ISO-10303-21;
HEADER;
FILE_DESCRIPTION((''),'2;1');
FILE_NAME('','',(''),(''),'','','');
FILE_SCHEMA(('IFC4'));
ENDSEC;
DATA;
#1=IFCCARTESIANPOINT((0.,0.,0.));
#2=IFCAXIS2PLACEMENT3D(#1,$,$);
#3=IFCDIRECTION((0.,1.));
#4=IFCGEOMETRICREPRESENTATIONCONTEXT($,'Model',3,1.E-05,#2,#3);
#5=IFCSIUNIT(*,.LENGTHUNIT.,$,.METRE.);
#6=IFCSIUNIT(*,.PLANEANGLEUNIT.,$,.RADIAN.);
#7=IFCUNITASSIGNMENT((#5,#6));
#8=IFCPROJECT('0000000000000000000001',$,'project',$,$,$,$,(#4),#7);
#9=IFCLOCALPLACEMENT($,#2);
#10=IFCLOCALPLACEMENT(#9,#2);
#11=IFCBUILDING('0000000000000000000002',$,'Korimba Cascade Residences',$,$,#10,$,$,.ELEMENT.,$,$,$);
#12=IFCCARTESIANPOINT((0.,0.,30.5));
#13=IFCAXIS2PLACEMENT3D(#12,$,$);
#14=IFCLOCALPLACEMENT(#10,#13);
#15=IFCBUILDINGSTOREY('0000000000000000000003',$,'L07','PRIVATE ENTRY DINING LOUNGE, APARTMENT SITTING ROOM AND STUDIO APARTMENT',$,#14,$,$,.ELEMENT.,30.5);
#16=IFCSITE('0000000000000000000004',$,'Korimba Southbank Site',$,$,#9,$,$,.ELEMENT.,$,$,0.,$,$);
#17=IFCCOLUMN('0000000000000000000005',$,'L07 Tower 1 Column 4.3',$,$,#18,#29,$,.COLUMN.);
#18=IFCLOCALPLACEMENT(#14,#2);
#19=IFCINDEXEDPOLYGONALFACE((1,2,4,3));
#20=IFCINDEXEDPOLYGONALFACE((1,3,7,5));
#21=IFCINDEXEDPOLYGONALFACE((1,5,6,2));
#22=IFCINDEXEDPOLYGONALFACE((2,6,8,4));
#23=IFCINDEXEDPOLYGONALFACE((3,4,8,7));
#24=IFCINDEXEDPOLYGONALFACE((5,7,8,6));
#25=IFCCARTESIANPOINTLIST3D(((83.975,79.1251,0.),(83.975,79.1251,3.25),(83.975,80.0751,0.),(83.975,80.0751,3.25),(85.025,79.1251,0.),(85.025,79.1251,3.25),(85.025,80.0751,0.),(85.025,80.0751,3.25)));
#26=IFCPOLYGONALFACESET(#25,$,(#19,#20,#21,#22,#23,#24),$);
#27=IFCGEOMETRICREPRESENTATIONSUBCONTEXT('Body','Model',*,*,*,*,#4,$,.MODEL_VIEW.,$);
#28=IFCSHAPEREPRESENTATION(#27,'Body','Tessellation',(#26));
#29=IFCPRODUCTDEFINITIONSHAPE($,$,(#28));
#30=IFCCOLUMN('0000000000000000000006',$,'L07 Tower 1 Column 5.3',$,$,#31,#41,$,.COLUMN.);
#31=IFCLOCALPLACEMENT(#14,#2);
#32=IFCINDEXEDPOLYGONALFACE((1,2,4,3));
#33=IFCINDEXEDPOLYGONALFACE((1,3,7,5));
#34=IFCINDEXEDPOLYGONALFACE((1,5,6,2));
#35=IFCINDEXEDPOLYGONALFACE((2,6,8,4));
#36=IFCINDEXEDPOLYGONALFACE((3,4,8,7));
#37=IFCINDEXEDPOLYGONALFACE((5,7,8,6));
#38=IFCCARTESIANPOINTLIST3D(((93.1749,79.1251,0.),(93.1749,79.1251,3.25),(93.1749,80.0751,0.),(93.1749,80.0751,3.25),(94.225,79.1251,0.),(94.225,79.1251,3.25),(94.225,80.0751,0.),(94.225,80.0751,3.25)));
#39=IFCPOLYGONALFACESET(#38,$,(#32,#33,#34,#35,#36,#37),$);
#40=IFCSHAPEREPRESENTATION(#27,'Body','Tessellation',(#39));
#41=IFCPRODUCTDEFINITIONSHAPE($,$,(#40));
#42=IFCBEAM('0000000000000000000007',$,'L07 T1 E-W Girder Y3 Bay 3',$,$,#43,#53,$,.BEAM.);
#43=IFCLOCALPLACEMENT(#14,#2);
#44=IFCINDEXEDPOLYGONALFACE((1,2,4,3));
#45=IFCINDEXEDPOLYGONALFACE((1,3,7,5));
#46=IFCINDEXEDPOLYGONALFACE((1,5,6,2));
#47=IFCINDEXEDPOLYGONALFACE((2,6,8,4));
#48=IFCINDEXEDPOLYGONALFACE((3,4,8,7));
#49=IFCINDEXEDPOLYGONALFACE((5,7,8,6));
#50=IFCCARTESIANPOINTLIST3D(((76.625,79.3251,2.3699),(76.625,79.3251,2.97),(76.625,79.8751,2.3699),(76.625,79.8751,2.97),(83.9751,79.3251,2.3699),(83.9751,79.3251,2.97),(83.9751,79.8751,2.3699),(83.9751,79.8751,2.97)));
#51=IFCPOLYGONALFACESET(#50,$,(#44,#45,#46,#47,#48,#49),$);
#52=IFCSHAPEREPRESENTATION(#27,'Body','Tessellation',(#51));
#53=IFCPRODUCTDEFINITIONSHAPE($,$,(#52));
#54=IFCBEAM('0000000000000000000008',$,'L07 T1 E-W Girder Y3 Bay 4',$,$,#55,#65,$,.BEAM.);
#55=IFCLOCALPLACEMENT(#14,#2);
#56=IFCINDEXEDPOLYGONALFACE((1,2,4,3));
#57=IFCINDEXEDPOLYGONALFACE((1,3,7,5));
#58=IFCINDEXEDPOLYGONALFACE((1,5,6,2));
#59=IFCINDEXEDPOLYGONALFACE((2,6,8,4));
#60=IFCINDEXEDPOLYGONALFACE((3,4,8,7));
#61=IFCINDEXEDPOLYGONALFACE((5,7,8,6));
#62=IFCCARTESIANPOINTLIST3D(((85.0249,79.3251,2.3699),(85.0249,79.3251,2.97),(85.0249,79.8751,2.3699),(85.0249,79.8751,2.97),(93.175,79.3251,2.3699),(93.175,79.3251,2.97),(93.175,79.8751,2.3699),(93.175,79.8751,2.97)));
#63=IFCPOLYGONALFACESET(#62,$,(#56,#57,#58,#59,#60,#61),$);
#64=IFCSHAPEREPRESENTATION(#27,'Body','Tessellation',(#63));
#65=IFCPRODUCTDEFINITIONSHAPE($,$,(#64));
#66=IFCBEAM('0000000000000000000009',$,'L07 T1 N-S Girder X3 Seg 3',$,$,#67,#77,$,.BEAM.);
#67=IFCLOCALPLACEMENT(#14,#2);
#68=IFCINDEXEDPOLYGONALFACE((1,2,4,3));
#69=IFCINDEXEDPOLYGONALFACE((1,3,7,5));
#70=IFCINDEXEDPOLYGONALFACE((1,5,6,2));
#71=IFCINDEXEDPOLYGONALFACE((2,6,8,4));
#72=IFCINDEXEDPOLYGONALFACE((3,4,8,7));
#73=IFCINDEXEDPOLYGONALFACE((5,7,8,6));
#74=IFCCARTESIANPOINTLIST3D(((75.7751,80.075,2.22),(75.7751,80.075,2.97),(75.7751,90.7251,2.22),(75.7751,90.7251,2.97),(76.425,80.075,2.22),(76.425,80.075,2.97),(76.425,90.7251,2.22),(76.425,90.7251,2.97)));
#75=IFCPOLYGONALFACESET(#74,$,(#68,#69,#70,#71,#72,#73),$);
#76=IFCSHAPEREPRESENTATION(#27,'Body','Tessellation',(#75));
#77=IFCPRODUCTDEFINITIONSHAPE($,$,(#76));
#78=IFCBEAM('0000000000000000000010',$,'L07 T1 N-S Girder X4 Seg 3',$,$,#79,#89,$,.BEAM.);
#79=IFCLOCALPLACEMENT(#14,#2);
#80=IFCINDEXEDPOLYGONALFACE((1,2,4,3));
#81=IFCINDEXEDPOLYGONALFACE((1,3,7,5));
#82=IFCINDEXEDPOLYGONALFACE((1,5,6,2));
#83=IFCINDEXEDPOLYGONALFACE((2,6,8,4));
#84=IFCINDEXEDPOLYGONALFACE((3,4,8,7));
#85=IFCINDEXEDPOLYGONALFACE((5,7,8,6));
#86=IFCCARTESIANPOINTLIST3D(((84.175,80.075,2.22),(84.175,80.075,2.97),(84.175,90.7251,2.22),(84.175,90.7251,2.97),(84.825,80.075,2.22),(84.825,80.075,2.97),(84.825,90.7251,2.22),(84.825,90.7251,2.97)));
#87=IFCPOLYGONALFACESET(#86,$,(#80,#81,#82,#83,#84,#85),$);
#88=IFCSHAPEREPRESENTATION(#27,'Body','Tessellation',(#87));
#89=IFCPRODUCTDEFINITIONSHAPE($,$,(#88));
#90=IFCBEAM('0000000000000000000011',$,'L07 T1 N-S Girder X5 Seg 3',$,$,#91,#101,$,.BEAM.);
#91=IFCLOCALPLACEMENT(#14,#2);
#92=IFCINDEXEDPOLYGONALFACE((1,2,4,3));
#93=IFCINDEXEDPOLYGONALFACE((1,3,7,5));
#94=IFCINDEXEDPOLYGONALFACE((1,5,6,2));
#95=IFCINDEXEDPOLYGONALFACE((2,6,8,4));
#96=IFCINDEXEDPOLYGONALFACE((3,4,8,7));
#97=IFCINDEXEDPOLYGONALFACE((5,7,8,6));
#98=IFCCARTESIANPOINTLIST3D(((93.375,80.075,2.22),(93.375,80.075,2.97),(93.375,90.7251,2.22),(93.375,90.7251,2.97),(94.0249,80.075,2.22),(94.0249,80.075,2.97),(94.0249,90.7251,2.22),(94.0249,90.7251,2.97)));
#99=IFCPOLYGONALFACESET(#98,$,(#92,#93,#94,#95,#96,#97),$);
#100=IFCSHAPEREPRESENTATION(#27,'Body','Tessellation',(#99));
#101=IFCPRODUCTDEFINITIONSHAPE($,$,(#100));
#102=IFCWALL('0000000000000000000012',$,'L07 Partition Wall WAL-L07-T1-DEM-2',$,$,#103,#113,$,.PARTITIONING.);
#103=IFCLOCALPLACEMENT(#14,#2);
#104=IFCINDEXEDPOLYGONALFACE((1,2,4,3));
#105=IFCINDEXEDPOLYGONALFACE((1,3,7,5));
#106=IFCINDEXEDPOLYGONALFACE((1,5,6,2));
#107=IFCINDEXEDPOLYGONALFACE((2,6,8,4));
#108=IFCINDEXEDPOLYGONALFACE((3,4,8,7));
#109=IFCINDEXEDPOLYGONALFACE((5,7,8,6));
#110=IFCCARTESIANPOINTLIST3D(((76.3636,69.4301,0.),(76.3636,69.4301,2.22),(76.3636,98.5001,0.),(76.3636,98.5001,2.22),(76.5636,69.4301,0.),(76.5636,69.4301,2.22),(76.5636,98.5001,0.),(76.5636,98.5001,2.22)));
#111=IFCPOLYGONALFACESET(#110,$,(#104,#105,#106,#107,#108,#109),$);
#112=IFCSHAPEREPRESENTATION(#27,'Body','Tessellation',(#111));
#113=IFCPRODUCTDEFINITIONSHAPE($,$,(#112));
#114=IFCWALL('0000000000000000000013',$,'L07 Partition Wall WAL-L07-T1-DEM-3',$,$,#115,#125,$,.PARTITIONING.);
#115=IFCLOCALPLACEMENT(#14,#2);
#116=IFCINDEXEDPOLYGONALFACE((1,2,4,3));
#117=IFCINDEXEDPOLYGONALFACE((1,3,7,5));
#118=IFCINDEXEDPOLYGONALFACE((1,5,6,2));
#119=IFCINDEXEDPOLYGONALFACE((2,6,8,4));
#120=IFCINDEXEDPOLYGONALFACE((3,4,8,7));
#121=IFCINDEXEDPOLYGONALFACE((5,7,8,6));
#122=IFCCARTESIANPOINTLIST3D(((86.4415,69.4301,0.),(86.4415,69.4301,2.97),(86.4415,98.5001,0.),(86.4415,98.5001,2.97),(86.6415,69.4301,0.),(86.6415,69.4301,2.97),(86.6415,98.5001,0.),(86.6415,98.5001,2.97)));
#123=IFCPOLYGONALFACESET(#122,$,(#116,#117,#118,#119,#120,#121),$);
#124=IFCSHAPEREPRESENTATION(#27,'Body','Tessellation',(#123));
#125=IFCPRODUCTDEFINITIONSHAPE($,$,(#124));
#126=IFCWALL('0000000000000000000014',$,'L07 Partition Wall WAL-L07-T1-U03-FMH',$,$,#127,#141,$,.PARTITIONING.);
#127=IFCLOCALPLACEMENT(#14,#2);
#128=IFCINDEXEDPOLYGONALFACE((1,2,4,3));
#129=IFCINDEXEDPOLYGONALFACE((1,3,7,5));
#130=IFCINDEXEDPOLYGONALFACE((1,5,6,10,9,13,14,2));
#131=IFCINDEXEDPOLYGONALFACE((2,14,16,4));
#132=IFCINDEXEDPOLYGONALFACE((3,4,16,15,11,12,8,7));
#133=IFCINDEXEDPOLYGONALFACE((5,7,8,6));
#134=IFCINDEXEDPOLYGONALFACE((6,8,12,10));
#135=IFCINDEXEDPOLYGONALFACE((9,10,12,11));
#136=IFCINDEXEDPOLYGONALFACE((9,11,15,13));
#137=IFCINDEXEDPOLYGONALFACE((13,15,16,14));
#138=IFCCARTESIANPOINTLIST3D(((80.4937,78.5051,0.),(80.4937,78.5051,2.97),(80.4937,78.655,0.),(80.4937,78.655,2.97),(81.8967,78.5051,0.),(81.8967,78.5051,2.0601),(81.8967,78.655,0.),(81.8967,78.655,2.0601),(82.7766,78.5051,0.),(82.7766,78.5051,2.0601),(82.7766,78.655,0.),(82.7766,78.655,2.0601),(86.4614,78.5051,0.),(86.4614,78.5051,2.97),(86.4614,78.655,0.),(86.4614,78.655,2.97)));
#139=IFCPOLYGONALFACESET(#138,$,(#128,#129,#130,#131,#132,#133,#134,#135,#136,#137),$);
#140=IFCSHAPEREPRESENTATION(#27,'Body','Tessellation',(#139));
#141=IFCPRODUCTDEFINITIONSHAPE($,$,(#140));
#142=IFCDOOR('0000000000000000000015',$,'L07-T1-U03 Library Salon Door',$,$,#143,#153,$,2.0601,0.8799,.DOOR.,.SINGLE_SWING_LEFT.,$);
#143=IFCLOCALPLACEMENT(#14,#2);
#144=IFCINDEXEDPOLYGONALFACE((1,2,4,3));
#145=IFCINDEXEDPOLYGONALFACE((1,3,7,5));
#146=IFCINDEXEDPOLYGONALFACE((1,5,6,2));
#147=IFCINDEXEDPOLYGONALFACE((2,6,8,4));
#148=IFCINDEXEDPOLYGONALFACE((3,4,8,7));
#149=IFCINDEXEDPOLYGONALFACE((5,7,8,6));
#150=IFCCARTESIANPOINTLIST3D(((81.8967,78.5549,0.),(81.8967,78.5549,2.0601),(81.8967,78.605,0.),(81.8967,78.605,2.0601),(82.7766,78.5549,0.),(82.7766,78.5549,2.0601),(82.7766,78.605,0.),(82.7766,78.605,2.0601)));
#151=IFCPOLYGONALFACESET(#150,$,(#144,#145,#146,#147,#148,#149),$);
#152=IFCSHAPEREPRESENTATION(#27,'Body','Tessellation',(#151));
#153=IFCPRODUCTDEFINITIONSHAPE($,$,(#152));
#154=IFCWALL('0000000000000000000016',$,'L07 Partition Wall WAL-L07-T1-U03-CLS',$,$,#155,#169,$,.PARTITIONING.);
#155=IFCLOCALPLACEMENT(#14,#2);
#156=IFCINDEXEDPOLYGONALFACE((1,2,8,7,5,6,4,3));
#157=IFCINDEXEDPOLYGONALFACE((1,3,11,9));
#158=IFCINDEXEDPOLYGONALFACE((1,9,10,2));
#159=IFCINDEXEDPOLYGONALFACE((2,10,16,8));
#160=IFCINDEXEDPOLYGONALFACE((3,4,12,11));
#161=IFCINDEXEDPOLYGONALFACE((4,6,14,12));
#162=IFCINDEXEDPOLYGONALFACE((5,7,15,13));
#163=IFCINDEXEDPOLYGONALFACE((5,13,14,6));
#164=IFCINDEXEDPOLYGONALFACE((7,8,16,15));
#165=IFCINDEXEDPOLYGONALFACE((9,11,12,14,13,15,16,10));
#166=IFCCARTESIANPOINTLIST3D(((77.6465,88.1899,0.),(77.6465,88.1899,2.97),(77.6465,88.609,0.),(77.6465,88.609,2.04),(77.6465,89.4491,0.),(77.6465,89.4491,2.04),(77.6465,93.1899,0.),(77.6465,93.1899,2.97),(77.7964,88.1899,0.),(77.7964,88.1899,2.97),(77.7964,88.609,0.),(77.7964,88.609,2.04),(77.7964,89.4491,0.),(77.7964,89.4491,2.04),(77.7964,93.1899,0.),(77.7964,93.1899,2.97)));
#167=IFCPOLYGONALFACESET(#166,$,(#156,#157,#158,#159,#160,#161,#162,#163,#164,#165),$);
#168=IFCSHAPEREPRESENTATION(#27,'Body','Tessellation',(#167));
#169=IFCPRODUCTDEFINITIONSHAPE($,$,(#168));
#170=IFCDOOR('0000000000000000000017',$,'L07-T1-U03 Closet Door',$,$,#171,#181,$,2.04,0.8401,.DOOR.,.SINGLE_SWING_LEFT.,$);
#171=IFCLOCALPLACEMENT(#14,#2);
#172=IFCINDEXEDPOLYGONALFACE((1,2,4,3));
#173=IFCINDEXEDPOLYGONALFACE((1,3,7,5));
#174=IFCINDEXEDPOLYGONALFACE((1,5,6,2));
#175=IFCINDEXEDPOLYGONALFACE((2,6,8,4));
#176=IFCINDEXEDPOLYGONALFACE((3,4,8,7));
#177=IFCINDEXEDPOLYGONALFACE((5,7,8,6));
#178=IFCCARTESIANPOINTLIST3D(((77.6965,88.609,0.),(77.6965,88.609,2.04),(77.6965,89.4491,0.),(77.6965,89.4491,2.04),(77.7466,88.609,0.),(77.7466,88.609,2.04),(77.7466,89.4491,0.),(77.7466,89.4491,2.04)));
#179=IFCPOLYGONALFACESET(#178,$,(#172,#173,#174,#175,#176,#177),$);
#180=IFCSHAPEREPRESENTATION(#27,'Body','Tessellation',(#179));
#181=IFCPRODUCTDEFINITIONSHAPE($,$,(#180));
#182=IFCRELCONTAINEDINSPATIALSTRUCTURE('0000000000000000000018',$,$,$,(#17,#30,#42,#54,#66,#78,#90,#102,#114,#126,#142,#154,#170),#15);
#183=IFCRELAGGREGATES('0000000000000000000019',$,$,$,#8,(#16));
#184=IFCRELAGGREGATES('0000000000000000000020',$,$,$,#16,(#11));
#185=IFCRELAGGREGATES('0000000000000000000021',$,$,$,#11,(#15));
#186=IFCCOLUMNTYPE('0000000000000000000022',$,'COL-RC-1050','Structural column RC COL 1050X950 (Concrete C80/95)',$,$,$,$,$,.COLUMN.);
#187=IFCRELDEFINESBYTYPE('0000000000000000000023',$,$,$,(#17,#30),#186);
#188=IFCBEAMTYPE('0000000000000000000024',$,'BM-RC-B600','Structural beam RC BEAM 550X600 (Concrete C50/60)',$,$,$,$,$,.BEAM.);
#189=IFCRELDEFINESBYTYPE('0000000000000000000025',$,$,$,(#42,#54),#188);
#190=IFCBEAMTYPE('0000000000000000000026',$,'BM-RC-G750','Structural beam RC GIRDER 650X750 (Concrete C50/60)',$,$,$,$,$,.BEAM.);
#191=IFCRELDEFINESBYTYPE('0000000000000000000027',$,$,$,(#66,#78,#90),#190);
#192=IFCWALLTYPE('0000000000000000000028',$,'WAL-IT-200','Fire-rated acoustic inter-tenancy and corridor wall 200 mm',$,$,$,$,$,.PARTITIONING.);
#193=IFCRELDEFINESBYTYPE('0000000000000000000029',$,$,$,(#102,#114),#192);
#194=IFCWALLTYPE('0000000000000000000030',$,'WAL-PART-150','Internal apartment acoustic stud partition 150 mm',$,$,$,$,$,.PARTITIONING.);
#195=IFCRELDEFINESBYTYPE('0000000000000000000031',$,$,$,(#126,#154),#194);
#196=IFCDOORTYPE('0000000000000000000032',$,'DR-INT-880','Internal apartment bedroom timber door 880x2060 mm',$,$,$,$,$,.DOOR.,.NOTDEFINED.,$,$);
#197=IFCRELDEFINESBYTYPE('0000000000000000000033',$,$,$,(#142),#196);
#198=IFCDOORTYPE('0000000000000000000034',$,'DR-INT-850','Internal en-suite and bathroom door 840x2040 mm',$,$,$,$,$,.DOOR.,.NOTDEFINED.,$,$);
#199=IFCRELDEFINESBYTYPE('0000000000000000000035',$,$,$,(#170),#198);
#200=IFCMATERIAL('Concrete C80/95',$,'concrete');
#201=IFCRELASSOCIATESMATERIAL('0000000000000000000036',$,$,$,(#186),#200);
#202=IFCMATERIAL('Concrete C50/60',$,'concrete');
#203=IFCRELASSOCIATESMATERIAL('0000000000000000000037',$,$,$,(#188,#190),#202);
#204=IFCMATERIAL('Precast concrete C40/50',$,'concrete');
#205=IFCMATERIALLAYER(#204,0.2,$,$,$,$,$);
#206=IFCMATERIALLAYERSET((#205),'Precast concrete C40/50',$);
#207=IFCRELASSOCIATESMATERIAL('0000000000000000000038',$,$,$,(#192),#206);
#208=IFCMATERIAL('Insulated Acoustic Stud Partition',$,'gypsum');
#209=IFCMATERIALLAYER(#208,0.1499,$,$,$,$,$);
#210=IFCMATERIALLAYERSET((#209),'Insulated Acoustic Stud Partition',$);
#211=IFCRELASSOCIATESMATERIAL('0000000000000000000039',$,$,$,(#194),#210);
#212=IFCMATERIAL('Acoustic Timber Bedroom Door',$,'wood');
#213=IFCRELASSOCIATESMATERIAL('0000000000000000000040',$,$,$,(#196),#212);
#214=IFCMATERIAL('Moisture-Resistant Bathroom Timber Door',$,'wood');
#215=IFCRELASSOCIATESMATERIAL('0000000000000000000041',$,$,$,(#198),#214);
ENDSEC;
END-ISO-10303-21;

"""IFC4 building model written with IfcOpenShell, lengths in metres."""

from ifc_helpers import new_model, si_unit, direction, frame, frame_2d, origin, origin_2d, place, context, subcontext, project, spatial, rectangle, extrude, material, layer, layer_set, material_profile, profile_set, type_object, element, fill, save


model = new_model("IFC4")

# Units and contexts
model_context = context("Model", 3, precision=1e-05, world=origin(), true_north=direction((0.0, 1.0)))
body_context = subcontext(model_context, "Body", "Model", "MODEL_VIEW")
ifc_project = project(units=[si_unit("LENGTHUNIT", "METRE"), si_unit("PLANEANGLEUNIT", "RADIAN")], contexts=[model_context])

# Site, building, storey
site_placement = place(None, origin())
site = spatial("IfcSite", under=ifc_project, at=site_placement, Name="Korimba Southbank Site", CompositionType="ELEMENT", RefElevation=0.0)
building_placement = place(site_placement, origin())
building = spatial("IfcBuilding", under=site, at=building_placement, Name="Korimba Cascade Residences", CompositionType="ELEMENT")
storey_placement = place(building_placement, frame((0.0, 0.0, 30.5)))
storey = spatial("IfcBuildingStorey", under=building, at=storey_placement, Name="L07", Description="PRIVATE ENTRY DINING LOUNGE, APARTMENT SITTING ROOM AND STUDIO APARTMENT", CompositionType="ELEMENT", Elevation=30.5)

# Columns
ifc_material_1 = material(Name="Concrete C80/95", Category="concrete")
ifc_material_profile_1 = material_profile(ifc_material_1, rectangle(XDim=1.05, YDim=0.95, at=origin_2d()), Name="Concrete C80/95")
ifc_profile_set_1 = profile_set([ifc_material_profile_1], Name="Concrete C80/95")
column_type = type_object("IfcColumnType", Name="COL-RC-1050", Description="Structural column RC COL 1050X950 (Concrete C80/95)", PredefinedType="COLUMN", material=ifc_profile_set_1)
for number, where, z_axis, x_axis, name in (
    (1, (84.5, 79.6001, 0.0), (0.0, 0.0, 1.0), (1.0, 0.0, 0.0), "L07 Tower 1 Column 4.3"),
    (2, (93.7, 79.6001, 0.0), (0.0, 0.0, 1.0), (1.0, 0.0, 0.0), "L07 Tower 1 Column 5.3"),
):
    element("IfcColumn", number, at=place(storey_placement, frame(where, z_axis=z_axis, x_axis=x_axis)), inside=storey, type_object=column_type, Name=name, PredefinedType="COLUMN", context=body_context, shape_type="SweptSolid", body=[
        extrude(rectangle(XDim=1.05, YDim=0.95, at=origin_2d()), origin(), (0.0, 0.0, 1.0), 3.25),
    ])

# Beams
ifc_material_2 = material(Name="Concrete C50/60", Category="concrete")
ifc_material_profile_2 = material_profile(ifc_material_2, rectangle(XDim=0.55, YDim=0.6001, at=origin_2d()), Name="Concrete C50/60")
ifc_profile_set_2 = profile_set([ifc_material_profile_2], Name="Concrete C50/60")
beam_type_1 = type_object("IfcBeamType", Name="BM-RC-B600", Description="Structural beam RC BEAM 550X600 (Concrete C50/60)", PredefinedType="BEAM", material=ifc_profile_set_2)
beam_1_placement = place(storey_placement, frame((76.625, 79.6001, 2.6699), z_axis=(1.0, 0.0, 0.0), x_axis=(0.0, 1.0, 0.0)))
element("IfcBeam", 3, at=beam_1_placement, inside=storey, type_object=beam_type_1, Name="L07 T1 E-W Girder Y3 Bay 3", PredefinedType="BEAM", context=body_context, shape_type="SweptSolid", body=[
    extrude(rectangle(XDim=0.55, YDim=0.6001, at=origin_2d()), origin(), (0.0, 0.0, 1.0), 7.3501),
])
beam_2_placement = place(storey_placement, frame((85.0249, 79.6001, 2.6699), z_axis=(1.0, 0.0, 0.0), x_axis=(0.0, 1.0, 0.0)))
element("IfcBeam", 4, at=beam_2_placement, inside=storey, type_object=beam_type_1, Name="L07 T1 E-W Girder Y3 Bay 4", PredefinedType="BEAM", context=body_context, shape_type="SweptSolid", body=[
    extrude(rectangle(XDim=0.55, YDim=0.6001, at=origin_2d()), origin(), (0.0, 0.0, 1.0), 8.1501),
])
ifc_material_profile_3 = material_profile(ifc_material_2, rectangle(XDim=0.6499, YDim=0.75, at=origin_2d()), Name="Concrete C50/60")
ifc_profile_set_3 = profile_set([ifc_material_profile_3], Name="Concrete C50/60")
beam_type_2 = type_object("IfcBeamType", Name="BM-RC-G750", Description="Structural beam RC GIRDER 650X750 (Concrete C50/60)", PredefinedType="BEAM", material=ifc_profile_set_3)
for number, where, z_axis, x_axis, name in (
    (5, (76.1001, 80.075, 2.595), (0.0, 1.0, 0.0), (-1.0, 0.0, 0.0), "L07 T1 N-S Girder X3 Seg 3"),
    (6, (84.5, 80.075, 2.595), (0.0, 1.0, 0.0), (-1.0, 0.0, 0.0), "L07 T1 N-S Girder X4 Seg 3"),
    (7, (93.7, 80.075, 2.595), (0.0, 1.0, 0.0), (-1.0, 0.0, 0.0), "L07 T1 N-S Girder X5 Seg 3"),
):
    element("IfcBeam", number, at=place(storey_placement, frame(where, z_axis=z_axis, x_axis=x_axis)), inside=storey, type_object=beam_type_2, Name=name, PredefinedType="BEAM", context=body_context, shape_type="SweptSolid", body=[
        extrude(rectangle(XDim=0.6499, YDim=0.75, at=origin_2d()), origin(), (0.0, 0.0, 1.0), 10.6501),
    ])

# Walls
ifc_material_3 = material(Name="Precast concrete C40/50", Category="concrete")
ifc_layer_1 = layer(ifc_material_3, 0.2)
ifc_layer_set_1 = layer_set([ifc_layer_1], Name="Precast concrete C40/50")
wall_type_1 = type_object("IfcWallType", Name="WAL-IT-200", Description="Fire-rated acoustic inter-tenancy and corridor wall 200 mm", PredefinedType="PARTITIONING", material=ifc_layer_set_1)
wall_1_placement = place(storey_placement, frame((76.4636, 69.4299, 0.0), z_axis=(0.0, 0.0, 1.0), x_axis=(0.0, 1.0, 0.0)))
element("IfcWall", 8, at=wall_1_placement, inside=storey, type_object=wall_type_1, Name="L07 Partition Wall WAL-L07-T1-DEM-2", PredefinedType="PARTITIONING", context=body_context, shape_type="SweptSolid", body=[
    extrude(rectangle(XDim=29.0701, YDim=0.2, at=frame_2d((14.5352, 0.0))), origin(), (0.0, 0.0, 1.0), 2.22),
])
wall_2_placement = place(storey_placement, frame((86.5415, 69.4299, 0.0), z_axis=(0.0, 0.0, 1.0), x_axis=(0.0, 1.0, 0.0)))
element("IfcWall", 9, at=wall_2_placement, inside=storey, type_object=wall_type_1, Name="L07 Partition Wall WAL-L07-T1-DEM-3", PredefinedType="PARTITIONING", context=body_context, shape_type="SweptSolid", body=[
    extrude(rectangle(XDim=29.0701, YDim=0.2, at=frame_2d((14.5352, 0.0))), origin(), (0.0, 0.0, 1.0), 2.97),
])

# Walls, openings, doors
ifc_material_4 = material(Name="Insulated Acoustic Stud Partition", Category="gypsum")
ifc_layer_2 = layer(ifc_material_4, 0.1499)
ifc_layer_set_2 = layer_set([ifc_layer_2], Name="Insulated Acoustic Stud Partition")
wall_type_2 = type_object("IfcWallType", Name="WAL-PART-150", Description="Internal apartment acoustic stud partition 150 mm", PredefinedType="PARTITIONING", material=ifc_layer_set_2)
wall_3_placement = place(storey_placement, frame((80.4937, 78.5801, 0.0), z_axis=(0.0, 0.0, 1.0), x_axis=(1.0, 0.0, 0.0)))
wall_3 = element("IfcWall", 10, at=wall_3_placement, inside=storey, type_object=wall_type_2, Name="L07 Partition Wall WAL-L07-T1-U03-FMH", PredefinedType="PARTITIONING", context=body_context, shape_type="SweptSolid", body=[
    extrude(rectangle(XDim=5.9678, YDim=0.1499, at=frame_2d((2.9839, 0.0))), origin(), (0.0, 0.0, 1.0), 2.97),
])
opening_1_placement = place(wall_3_placement, frame((1.4031, 0.0, 0.0)))
opening_1 = element("IfcOpeningElement", 11, at=opening_1_placement, cuts=wall_3, PredefinedType="OPENING", context=body_context, shape_type="SweptSolid", body=[
    extrude(rectangle(XDim=0.8799, YDim=2.0601, at=frame_2d((0.4399, 1.03))), frame((0.0, 0.085, 0.0), z_axis=(0.0, -1.0, 0.0), x_axis=(1.0, 0.0, 0.0)), (0.0, 0.0, 1.0), 0.1699),
])
ifc_material_5 = material(Name="Acoustic Timber Bedroom Door", Category="wood")
door_type_1 = type_object("IfcDoorType", Name="DR-INT-880", Description="Internal apartment bedroom timber door 880x2060 mm", OperationType="NOTDEFINED", PredefinedType="DOOR", material=ifc_material_5)
door_1_placement = place(opening_1_placement, origin())
door_1 = element("IfcDoor", 12, at=door_1_placement, inside=storey, type_object=door_type_1, Name="L07-T1-U03 Library Salon Door", OperationType="SINGLE_SWING_LEFT", OverallHeight=2.0601, OverallWidth=0.8799, PredefinedType="DOOR", context=body_context, shape_type="SweptSolid", body=[
    extrude(rectangle(XDim=0.8799, YDim=2.0601, at=frame_2d((0.4399, 1.03))), frame((0.0, 0.0249, 0.0), z_axis=(0.0, -1.0, 0.0), x_axis=(1.0, 0.0, 0.0)), (0.0, 0.0, 1.0), 0.05),
])
fill(opening_1, door_1)
wall_4_placement = place(storey_placement, frame((77.7214, 88.1899, 0.0), z_axis=(0.0, 0.0, 1.0), x_axis=(0.0, 1.0, 0.0)))
wall_4 = element("IfcWall", 13, at=wall_4_placement, inside=storey, type_object=wall_type_2, Name="L07 Partition Wall WAL-L07-T1-U03-CLS", PredefinedType="PARTITIONING", context=body_context, shape_type="SweptSolid", body=[
    extrude(rectangle(XDim=5.0, YDim=0.1499, at=frame_2d((2.5, 0.0))), origin(), (0.0, 0.0, 1.0), 2.97),
])
opening_2_placement = place(wall_4_placement, frame((0.4192, 0.0, 0.0)))
opening_2 = element("IfcOpeningElement", 14, at=opening_2_placement, cuts=wall_4, PredefinedType="OPENING", context=body_context, shape_type="SweptSolid", body=[
    extrude(rectangle(XDim=0.8401, YDim=2.04, at=frame_2d((0.4199, 1.02))), frame((0.0, 0.085, 0.0), z_axis=(0.0, -1.0, 0.0), x_axis=(1.0, 0.0, 0.0)), (0.0, 0.0, 1.0), 0.1699),
])
ifc_material_6 = material(Name="Moisture-Resistant Bathroom Timber Door", Category="wood")
door_type_2 = type_object("IfcDoorType", Name="DR-INT-850", Description="Internal en-suite and bathroom door 840x2040 mm", OperationType="NOTDEFINED", PredefinedType="DOOR", material=ifc_material_6)
door_2_placement = place(opening_2_placement, origin())
door_2 = element("IfcDoor", 15, at=door_2_placement, inside=storey, type_object=door_type_2, Name="L07-T1-U03 Closet Door", OperationType="SINGLE_SWING_LEFT", OverallHeight=2.04, OverallWidth=0.8401, PredefinedType="DOOR", context=body_context, shape_type="SweptSolid", body=[
    extrude(rectangle(XDim=0.8401, YDim=2.04, at=frame_2d((0.4199, 1.02))), frame((0.0, 0.0249, 0.0), z_axis=(0.0, -1.0, 0.0), x_axis=(1.0, 0.0, 0.0)), (0.0, 0.0, 1.0), 0.05),
])
fill(opening_2, door_2)

save(model, "model.ifc")
